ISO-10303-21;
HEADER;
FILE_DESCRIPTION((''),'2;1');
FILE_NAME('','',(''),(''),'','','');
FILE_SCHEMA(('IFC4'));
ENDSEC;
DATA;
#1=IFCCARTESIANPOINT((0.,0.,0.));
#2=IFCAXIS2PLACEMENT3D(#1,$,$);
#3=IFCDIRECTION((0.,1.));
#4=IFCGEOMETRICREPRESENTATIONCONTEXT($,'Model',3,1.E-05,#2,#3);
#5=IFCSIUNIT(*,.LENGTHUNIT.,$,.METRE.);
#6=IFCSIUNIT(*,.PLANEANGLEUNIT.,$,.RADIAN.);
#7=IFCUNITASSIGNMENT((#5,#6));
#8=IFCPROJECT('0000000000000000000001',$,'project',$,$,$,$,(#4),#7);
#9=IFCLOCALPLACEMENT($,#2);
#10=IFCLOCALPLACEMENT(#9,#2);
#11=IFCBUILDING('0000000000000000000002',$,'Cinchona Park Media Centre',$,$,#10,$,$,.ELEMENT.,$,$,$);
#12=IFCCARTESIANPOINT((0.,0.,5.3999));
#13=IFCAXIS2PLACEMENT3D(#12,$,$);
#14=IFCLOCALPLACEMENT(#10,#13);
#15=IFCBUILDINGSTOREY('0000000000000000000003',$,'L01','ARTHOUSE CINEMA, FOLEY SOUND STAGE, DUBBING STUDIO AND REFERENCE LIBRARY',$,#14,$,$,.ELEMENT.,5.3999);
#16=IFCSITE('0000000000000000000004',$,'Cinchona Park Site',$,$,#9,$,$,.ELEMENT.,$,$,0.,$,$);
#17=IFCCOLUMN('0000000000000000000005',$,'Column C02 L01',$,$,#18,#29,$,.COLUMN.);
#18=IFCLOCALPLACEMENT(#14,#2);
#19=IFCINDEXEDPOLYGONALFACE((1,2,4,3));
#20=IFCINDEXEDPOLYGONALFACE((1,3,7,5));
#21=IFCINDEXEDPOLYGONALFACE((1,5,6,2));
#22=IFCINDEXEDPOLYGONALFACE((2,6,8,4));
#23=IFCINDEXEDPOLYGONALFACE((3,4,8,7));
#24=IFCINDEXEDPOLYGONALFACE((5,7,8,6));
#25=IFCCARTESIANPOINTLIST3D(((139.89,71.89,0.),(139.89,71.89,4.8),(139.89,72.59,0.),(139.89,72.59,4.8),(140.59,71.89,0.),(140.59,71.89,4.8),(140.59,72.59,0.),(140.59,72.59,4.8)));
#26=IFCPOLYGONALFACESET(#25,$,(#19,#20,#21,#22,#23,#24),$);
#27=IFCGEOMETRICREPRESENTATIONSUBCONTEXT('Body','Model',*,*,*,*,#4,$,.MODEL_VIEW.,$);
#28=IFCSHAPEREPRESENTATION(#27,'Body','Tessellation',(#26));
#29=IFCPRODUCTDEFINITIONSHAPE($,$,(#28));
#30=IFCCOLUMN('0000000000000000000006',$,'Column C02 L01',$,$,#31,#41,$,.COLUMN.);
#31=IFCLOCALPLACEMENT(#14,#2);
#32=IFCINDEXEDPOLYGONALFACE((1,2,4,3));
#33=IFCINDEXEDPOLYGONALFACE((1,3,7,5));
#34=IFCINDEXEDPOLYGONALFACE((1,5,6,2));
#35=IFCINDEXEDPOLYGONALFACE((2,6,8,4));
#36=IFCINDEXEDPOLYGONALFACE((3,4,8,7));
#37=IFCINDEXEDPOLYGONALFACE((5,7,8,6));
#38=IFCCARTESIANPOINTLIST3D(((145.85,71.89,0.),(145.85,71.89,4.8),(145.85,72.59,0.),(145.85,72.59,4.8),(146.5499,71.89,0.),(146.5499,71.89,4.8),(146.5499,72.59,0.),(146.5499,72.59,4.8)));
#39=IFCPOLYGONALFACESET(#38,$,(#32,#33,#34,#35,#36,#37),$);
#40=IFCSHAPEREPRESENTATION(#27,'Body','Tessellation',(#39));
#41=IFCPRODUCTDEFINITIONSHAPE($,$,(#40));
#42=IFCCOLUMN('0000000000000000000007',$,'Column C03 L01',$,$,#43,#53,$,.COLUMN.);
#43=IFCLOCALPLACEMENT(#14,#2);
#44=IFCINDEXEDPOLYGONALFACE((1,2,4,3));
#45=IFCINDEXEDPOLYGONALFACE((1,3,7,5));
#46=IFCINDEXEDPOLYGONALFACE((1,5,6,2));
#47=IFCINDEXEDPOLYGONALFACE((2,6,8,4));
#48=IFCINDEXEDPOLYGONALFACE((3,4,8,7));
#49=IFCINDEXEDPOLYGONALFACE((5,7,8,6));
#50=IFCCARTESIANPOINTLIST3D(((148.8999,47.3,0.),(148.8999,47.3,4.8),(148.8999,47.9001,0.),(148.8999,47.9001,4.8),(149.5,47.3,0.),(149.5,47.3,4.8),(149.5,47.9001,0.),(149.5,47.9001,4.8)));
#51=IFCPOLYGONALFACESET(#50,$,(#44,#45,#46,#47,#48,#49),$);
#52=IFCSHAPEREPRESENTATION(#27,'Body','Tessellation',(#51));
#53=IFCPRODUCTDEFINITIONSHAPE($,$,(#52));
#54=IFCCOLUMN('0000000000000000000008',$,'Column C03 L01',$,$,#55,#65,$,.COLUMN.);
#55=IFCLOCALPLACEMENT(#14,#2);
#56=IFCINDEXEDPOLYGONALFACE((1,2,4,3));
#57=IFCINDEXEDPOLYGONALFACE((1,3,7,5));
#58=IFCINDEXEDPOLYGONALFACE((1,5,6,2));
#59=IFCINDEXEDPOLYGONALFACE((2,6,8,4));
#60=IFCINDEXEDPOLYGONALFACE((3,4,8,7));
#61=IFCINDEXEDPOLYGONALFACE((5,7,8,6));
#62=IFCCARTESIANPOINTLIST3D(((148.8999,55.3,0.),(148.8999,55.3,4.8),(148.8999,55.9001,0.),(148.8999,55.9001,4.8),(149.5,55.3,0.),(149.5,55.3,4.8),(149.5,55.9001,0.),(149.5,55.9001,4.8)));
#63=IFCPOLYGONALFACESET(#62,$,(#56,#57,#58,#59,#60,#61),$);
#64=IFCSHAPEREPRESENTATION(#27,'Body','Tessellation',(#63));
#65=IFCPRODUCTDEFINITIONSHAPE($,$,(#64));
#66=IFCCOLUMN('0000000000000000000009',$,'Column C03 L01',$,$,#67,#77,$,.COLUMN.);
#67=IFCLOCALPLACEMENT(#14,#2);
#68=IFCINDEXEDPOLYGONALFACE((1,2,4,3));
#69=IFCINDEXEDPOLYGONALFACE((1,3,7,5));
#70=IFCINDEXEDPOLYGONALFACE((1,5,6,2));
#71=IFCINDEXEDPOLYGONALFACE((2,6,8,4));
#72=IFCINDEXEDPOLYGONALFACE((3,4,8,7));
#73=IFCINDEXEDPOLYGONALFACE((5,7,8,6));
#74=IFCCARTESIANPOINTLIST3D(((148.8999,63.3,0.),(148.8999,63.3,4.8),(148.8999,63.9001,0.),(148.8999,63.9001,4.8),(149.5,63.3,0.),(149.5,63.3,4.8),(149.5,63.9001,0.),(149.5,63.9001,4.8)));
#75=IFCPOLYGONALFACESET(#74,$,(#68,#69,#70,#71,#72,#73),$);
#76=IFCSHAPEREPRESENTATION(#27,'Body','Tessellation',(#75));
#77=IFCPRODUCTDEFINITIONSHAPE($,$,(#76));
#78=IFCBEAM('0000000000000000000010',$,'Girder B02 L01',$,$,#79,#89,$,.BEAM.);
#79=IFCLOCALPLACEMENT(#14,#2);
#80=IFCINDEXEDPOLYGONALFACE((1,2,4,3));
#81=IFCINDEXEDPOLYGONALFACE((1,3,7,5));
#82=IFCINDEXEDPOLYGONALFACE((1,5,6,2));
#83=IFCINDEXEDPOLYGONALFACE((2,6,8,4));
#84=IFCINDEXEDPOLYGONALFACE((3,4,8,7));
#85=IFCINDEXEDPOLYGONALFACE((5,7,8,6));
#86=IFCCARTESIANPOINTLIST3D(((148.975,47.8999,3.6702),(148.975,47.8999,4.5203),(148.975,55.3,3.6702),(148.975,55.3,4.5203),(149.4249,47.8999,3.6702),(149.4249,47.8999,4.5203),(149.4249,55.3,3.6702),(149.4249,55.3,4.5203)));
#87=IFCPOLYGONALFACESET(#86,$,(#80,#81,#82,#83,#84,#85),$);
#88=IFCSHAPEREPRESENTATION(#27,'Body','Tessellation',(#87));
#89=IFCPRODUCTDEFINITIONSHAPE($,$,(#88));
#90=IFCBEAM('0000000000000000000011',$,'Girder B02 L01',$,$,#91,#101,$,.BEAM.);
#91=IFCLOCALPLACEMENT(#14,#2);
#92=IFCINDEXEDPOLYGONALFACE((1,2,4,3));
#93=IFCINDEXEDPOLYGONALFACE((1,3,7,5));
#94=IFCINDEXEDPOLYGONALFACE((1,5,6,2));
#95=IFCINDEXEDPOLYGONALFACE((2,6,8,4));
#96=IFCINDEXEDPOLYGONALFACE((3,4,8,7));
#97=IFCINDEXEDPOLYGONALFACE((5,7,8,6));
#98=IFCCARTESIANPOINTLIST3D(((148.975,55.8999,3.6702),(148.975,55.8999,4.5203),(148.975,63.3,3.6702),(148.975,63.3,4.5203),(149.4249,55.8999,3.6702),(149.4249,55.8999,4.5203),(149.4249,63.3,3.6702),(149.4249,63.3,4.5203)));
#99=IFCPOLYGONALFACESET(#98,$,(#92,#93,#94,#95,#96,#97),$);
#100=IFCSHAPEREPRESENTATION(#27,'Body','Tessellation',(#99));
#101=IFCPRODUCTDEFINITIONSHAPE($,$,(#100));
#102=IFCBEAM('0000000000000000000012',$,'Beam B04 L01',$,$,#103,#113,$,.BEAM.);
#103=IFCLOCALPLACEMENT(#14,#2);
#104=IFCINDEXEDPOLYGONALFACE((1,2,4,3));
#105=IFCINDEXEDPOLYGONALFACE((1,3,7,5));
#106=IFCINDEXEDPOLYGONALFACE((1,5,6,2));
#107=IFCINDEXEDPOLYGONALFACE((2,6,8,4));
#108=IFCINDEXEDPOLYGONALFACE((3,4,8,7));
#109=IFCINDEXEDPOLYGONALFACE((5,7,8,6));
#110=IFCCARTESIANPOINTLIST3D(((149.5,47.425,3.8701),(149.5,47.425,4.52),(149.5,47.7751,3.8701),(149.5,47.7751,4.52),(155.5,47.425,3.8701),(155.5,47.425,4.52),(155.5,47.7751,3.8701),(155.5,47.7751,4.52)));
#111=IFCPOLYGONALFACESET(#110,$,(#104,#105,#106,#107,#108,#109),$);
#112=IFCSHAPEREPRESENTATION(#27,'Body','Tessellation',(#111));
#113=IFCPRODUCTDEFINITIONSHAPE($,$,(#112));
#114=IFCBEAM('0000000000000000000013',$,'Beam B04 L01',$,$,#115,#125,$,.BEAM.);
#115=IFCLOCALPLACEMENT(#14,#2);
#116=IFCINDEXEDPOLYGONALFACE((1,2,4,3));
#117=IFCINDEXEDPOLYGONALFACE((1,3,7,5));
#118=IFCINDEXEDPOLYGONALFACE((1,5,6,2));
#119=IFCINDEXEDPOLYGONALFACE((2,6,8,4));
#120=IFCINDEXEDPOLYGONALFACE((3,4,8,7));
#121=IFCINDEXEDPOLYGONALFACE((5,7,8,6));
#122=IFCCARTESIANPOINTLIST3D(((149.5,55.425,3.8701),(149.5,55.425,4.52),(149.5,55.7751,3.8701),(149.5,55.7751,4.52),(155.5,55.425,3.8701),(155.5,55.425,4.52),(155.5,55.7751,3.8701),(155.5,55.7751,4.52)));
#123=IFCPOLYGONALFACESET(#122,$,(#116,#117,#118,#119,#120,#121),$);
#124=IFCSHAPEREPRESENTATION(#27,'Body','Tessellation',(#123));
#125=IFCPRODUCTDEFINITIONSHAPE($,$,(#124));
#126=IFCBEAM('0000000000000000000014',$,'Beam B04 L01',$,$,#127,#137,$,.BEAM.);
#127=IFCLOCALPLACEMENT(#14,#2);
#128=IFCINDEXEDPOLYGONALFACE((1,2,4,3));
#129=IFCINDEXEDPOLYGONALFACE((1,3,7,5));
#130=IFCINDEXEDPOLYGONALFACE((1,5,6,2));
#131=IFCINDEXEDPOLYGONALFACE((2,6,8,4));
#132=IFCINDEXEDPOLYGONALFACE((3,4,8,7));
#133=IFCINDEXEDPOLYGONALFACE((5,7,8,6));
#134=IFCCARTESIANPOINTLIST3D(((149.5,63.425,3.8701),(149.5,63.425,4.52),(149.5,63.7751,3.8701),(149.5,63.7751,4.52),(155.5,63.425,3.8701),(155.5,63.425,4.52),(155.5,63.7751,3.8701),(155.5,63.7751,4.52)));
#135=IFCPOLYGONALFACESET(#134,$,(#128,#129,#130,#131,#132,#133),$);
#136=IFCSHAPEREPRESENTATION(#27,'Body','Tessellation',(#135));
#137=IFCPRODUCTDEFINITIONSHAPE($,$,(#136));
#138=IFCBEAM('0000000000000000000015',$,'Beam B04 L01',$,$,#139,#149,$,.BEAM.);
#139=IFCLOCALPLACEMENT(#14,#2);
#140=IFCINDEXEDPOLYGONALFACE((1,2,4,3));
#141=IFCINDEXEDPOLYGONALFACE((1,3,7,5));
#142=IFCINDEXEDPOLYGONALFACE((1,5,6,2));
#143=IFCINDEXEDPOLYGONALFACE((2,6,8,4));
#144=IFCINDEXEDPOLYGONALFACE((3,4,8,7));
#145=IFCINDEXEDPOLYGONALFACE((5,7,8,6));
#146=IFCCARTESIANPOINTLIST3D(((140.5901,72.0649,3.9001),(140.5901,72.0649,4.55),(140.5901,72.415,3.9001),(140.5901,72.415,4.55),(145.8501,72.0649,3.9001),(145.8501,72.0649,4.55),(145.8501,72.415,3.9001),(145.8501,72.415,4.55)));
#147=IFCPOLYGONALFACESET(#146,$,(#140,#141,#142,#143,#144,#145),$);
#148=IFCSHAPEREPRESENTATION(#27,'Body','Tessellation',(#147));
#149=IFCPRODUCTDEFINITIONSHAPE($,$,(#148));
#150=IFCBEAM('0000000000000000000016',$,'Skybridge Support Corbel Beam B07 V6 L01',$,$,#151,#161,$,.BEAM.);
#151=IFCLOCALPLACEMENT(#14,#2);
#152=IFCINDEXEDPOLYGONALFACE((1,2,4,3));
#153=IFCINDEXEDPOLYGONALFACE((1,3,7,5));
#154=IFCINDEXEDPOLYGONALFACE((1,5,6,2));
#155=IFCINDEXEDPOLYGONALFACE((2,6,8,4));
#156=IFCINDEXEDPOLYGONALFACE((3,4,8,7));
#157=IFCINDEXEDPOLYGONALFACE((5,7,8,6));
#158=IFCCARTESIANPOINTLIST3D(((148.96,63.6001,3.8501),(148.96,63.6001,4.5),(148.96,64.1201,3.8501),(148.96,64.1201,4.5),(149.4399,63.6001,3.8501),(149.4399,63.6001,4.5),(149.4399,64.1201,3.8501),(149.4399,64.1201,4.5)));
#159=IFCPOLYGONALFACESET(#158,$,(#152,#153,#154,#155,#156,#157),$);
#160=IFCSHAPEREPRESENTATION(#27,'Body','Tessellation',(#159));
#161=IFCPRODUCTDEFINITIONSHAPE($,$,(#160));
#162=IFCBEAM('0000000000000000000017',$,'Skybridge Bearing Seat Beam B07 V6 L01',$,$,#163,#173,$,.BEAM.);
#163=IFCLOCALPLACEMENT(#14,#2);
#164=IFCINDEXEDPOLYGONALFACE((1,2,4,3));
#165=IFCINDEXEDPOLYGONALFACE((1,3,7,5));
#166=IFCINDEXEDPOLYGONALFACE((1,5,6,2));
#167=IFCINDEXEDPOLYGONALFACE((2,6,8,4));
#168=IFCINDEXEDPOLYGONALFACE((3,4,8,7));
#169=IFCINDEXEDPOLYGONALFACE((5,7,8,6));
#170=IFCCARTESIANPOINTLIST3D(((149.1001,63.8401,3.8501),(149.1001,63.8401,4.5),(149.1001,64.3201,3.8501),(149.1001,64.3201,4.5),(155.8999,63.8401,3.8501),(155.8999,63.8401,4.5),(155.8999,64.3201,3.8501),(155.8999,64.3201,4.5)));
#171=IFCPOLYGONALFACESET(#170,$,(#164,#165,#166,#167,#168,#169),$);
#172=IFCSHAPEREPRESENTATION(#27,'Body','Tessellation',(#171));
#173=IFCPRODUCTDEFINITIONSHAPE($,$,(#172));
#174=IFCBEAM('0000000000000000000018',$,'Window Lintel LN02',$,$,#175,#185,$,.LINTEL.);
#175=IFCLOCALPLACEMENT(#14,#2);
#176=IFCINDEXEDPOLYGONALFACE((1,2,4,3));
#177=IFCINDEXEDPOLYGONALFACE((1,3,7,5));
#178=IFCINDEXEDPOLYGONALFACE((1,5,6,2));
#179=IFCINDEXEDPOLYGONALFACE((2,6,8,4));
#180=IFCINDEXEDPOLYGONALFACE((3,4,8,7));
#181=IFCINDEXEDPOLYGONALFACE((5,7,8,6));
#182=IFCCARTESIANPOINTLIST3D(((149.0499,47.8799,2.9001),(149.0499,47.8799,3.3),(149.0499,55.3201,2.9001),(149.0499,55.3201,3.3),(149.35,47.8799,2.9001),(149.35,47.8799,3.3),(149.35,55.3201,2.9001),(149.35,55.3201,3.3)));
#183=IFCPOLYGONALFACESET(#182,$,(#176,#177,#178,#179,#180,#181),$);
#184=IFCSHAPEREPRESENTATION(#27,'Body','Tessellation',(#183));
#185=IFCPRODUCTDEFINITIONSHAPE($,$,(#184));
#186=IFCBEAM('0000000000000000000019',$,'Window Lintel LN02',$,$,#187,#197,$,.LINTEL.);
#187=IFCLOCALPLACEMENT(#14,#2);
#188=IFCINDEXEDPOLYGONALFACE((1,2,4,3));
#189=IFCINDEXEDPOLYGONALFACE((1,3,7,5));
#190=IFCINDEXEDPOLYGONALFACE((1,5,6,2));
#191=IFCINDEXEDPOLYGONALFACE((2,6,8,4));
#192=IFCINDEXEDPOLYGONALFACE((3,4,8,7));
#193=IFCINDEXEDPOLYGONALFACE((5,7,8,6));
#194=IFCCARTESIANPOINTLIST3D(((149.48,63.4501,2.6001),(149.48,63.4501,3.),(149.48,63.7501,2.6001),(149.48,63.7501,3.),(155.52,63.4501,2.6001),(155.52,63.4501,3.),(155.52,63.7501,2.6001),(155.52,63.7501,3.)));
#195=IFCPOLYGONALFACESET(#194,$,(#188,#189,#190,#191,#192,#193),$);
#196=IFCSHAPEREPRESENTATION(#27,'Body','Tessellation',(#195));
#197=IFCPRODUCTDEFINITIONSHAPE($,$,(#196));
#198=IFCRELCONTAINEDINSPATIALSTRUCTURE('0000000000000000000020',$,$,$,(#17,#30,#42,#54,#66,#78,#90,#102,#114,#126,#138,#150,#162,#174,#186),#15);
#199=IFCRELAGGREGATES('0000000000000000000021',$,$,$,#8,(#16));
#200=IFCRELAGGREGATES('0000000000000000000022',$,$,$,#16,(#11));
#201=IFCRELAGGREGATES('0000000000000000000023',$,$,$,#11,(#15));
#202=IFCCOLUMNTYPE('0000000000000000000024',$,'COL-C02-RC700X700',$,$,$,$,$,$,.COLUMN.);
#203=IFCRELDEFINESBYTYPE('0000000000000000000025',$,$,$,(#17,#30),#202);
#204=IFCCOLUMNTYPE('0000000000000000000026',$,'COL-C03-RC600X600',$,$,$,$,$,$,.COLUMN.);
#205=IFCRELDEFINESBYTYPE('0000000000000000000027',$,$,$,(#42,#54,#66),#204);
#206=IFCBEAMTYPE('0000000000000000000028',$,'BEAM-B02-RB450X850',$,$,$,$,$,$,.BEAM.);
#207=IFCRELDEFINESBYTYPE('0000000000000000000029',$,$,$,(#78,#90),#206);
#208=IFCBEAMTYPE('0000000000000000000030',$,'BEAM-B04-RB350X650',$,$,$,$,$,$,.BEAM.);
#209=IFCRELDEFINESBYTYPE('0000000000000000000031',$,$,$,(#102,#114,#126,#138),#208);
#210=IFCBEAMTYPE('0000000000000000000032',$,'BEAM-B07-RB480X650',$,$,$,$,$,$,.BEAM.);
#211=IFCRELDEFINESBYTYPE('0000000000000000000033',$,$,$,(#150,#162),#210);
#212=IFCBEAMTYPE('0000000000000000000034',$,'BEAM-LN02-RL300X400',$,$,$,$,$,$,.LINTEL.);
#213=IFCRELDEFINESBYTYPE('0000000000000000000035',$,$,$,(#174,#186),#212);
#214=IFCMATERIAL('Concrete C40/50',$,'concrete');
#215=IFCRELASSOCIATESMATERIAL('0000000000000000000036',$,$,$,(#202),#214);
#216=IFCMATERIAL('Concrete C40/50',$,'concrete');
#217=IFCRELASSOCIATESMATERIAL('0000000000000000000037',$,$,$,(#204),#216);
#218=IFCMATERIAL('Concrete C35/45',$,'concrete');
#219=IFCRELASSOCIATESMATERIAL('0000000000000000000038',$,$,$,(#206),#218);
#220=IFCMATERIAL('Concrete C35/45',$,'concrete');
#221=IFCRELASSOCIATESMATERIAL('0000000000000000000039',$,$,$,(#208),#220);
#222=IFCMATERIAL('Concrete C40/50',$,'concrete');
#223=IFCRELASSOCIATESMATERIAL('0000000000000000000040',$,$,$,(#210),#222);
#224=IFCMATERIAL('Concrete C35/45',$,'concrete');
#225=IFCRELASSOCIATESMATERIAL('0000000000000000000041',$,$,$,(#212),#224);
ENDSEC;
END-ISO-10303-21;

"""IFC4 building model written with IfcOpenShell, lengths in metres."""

from ifc_helpers import new_model, si_unit, direction, frame, origin, origin_2d, place, context, subcontext, project, spatial, rectangle, extrude, material, material_profile, profile_set, type_object, element, save


model = new_model("IFC4")

# Units and contexts
model_context = context("Model", 3, precision=1e-05, world=origin(), true_north=direction((0.0, 1.0)))
body_context = subcontext(model_context, "Body", "Model", "MODEL_VIEW")
ifc_project = project(units=[si_unit("LENGTHUNIT", "METRE"), si_unit("PLANEANGLEUNIT", "RADIAN")], contexts=[model_context])

# Site, building, storey
site_placement = place(None, origin())
site = spatial("IfcSite", under=ifc_project, at=site_placement, Name="Cinchona Park Site", CompositionType="ELEMENT", RefElevation=0.0)
building_placement = place(site_placement, origin())
building = spatial("IfcBuilding", under=site, at=building_placement, Name="Cinchona Park Media Centre", CompositionType="ELEMENT")
storey_placement = place(building_placement, frame((0.0, 0.0, 5.3999)))
storey = spatial("IfcBuildingStorey", under=building, at=storey_placement, Name="L01", Description="ARTHOUSE CINEMA, FOLEY SOUND STAGE, DUBBING STUDIO AND REFERENCE LIBRARY", CompositionType="ELEMENT", Elevation=5.3999)

# Columns
ifc_material_1 = material(Name="Concrete C40/50", Category="concrete")
ifc_material_profile_1 = material_profile(ifc_material_1, rectangle(XDim=0.7, YDim=0.7, at=origin_2d()), Name="RC 700X700")
ifc_profile_set_1 = profile_set([ifc_material_profile_1], Name="Concrete C40/50")
column_type_1 = type_object("IfcColumnType", Name="COL-C02-RC700X700", PredefinedType="COLUMN", material=ifc_profile_set_1)
for number, where, z_axis, x_axis, name in (
    (1, (140.24, 72.24, 0.0), (0.0, 0.0, 1.0), (1.0, 0.0, 0.0), "Column C02 L01"),
    (2, (146.2, 72.24, 0.0), (0.0, 0.0, 1.0), (1.0, 0.0, 0.0), "Column C02 L01"),
):
    element("IfcColumn", number, at=place(storey_placement, frame(where, z_axis=z_axis, x_axis=x_axis)), inside=storey, type_object=column_type_1, Name=name, PredefinedType="COLUMN", context=body_context, shape_type="SweptSolid", body=[
        extrude(rectangle(XDim=0.7, YDim=0.7, at=origin_2d()), origin(), (0.0, 0.0, 1.0), 4.8),
    ])
ifc_material_2 = material(Name="Concrete C40/50", Category="concrete")
ifc_material_profile_2 = material_profile(ifc_material_2, rectangle(XDim=0.6001, YDim=0.6001, at=origin_2d()), Name="RC 600X600")
ifc_profile_set_2 = profile_set([ifc_material_profile_2], Name="Concrete C40/50")
column_type_2 = type_object("IfcColumnType", Name="COL-C03-RC600X600", PredefinedType="COLUMN", material=ifc_profile_set_2)
for number, where, z_axis, x_axis, name in (
    (3, (149.2, 47.6001, 0.0), (0.0, 0.0, 1.0), (1.0, 0.0, 0.0), "Column C03 L01"),
    (4, (149.2, 55.6001, 0.0), (0.0, 0.0, 1.0), (1.0, 0.0, 0.0), "Column C03 L01"),
    (5, (149.2, 63.6001, 0.0), (0.0, 0.0, 1.0), (1.0, 0.0, 0.0), "Column C03 L01"),
):
    element("IfcColumn", number, at=place(storey_placement, frame(where, z_axis=z_axis, x_axis=x_axis)), inside=storey, type_object=column_type_2, Name=name, PredefinedType="COLUMN", context=body_context, shape_type="SweptSolid", body=[
        extrude(rectangle(XDim=0.6001, YDim=0.6001, at=origin_2d()), origin(), (0.0, 0.0, 1.0), 4.8),
    ])

# Beams
ifc_material_3 = material(Name="Concrete C35/45", Category="concrete")
ifc_material_profile_3 = material_profile(ifc_material_3, rectangle(XDim=0.45, YDim=0.8501, at=origin_2d()), Name="RB 450X850")
ifc_profile_set_3 = profile_set([ifc_material_profile_3], Name="Concrete C35/45")
beam_type_1 = type_object("IfcBeamType", Name="BEAM-B02-RB450X850", PredefinedType="BEAM", material=ifc_profile_set_3)
for number, where, z_axis, x_axis, name in (
    (6, (149.2, 47.8999, 4.0952), (0.0, 1.0, 0.0), (-1.0, 0.0, 0.0), "Girder B02 L01"),
    (7, (149.2, 55.8999, 4.0952), (0.0, 1.0, 0.0), (-1.0, 0.0, 0.0), "Girder B02 L01"),
):
    element("IfcBeam", number, at=place(storey_placement, frame(where, z_axis=z_axis, x_axis=x_axis)), inside=storey, type_object=beam_type_1, Name=name, PredefinedType="BEAM", context=body_context, shape_type="SweptSolid", body=[
        extrude(rectangle(XDim=0.45, YDim=0.8501, at=origin_2d()), origin(), (0.0, 0.0, 1.0), 7.4001),
    ])
ifc_material_4 = material(Name="Concrete C35/45", Category="concrete")
ifc_material_profile_4 = material_profile(ifc_material_4, rectangle(XDim=0.3501, YDim=0.6499, at=origin_2d()), Name="RB 350X650")
ifc_profile_set_4 = profile_set([ifc_material_profile_4], Name="Concrete C35/45")
beam_type_2 = type_object("IfcBeamType", Name="BEAM-B04-RB350X650", PredefinedType="BEAM", material=ifc_profile_set_4)
for number, where, z_axis, x_axis, name in (
    (8, (149.5, 47.6001, 4.1951), (1.0, 0.0, 0.0), (0.0, 1.0, 0.0), "Beam B04 L01"),
    (9, (149.5, 55.6001, 4.1951), (1.0, 0.0, 0.0), (0.0, 1.0, 0.0), "Beam B04 L01"),
    (10, (149.5, 63.6001, 4.1951), (1.0, 0.0, 0.0), (0.0, 1.0, 0.0), "Beam B04 L01"),
):
    element("IfcBeam", number, at=place(storey_placement, frame(where, z_axis=z_axis, x_axis=x_axis)), inside=storey, type_object=beam_type_2, Name=name, PredefinedType="BEAM", context=body_context, shape_type="SweptSolid", body=[
        extrude(rectangle(XDim=0.3501, YDim=0.6499, at=origin_2d()), origin(), (0.0, 0.0, 1.0), 6.0),
    ])
beam_1_placement = place(storey_placement, frame((140.5901, 72.24, 4.2251), z_axis=(1.0, 0.0, 0.0), x_axis=(0.0, 1.0, 0.0)))
element("IfcBeam", 11, at=beam_1_placement, inside=storey, type_object=beam_type_2, Name="Beam B04 L01", PredefinedType="BEAM", context=body_context, shape_type="SweptSolid", body=[
    extrude(rectangle(XDim=0.3501, YDim=0.6499, at=origin_2d()), origin(), (0.0, 0.0, 1.0), 5.26),
])
ifc_material_5 = material(Name="Concrete C40/50", Category="concrete")
ifc_material_profile_5 = material_profile(ifc_material_5, rectangle(XDim=0.48, YDim=0.6499, at=origin_2d()), Name="RB 480X650")
ifc_profile_set_5 = profile_set([ifc_material_profile_5], Name="Concrete C40/50")
beam_type_3 = type_object("IfcBeamType", Name="BEAM-B07-RB480X650", PredefinedType="BEAM", material=ifc_profile_set_5)
beam_2_placement = place(storey_placement, frame((149.2, 63.6001, 4.175), z_axis=(0.0, 1.0, 0.0), x_axis=(-1.0, 0.0, 0.0)))
element("IfcBeam", 12, at=beam_2_placement, inside=storey, type_object=beam_type_3, Name="Skybridge Support Corbel Beam B07 V6 L01", PredefinedType="BEAM", context=body_context, shape_type="SweptSolid", body=[
    extrude(rectangle(XDim=0.48, YDim=0.6499, at=origin_2d()), origin(), (0.0, 0.0, 1.0), 0.52),
])
beam_3_placement = place(storey_placement, frame((149.1001, 64.0801, 4.175), z_axis=(1.0, 0.0, 0.0), x_axis=(0.0, 1.0, 0.0)))
element("IfcBeam", 13, at=beam_3_placement, inside=storey, type_object=beam_type_3, Name="Skybridge Bearing Seat Beam B07 V6 L01", PredefinedType="BEAM", context=body_context, shape_type="SweptSolid", body=[
    extrude(rectangle(XDim=0.48, YDim=0.6499, at=origin_2d()), origin(), (0.0, 0.0, 1.0), 6.7998),
])
ifc_material_6 = material(Name="Concrete C35/45", Category="concrete")
ifc_material_profile_6 = material_profile(ifc_material_6, rectangle(XDim=0.3, YDim=0.3999, at=origin_2d()), Name="RL 300X400")
ifc_profile_set_6 = profile_set([ifc_material_profile_6], Name="Concrete C35/45")
beam_type_4 = type_object("IfcBeamType", Name="BEAM-LN02-RL300X400", PredefinedType="LINTEL", material=ifc_profile_set_6)
beam_4_placement = place(storey_placement, frame((149.2, 47.8799, 3.1001), z_axis=(0.0, 1.0, 0.0), x_axis=(-1.0, 0.0, 0.0)))
element("IfcBeam", 14, at=beam_4_placement, inside=storey, type_object=beam_type_4, Name="Window Lintel LN02", PredefinedType="LINTEL", context=body_context, shape_type="SweptSolid", body=[
    extrude(rectangle(XDim=0.3, YDim=0.3999, at=origin_2d()), origin(), (0.0, 0.0, 1.0), 7.4402),
])
beam_5_placement = place(storey_placement, frame((149.48, 63.6001, 2.8), z_axis=(1.0, 0.0, 0.0), x_axis=(0.0, 1.0, 0.0)))
element("IfcBeam", 15, at=beam_5_placement, inside=storey, type_object=beam_type_4, Name="Window Lintel LN02", PredefinedType="LINTEL", context=body_context, shape_type="SweptSolid", body=[
    extrude(rectangle(XDim=0.3, YDim=0.3999, at=origin_2d()), origin(), (0.0, 0.0, 1.0), 6.04),
])

save(model, "model.ifc")
